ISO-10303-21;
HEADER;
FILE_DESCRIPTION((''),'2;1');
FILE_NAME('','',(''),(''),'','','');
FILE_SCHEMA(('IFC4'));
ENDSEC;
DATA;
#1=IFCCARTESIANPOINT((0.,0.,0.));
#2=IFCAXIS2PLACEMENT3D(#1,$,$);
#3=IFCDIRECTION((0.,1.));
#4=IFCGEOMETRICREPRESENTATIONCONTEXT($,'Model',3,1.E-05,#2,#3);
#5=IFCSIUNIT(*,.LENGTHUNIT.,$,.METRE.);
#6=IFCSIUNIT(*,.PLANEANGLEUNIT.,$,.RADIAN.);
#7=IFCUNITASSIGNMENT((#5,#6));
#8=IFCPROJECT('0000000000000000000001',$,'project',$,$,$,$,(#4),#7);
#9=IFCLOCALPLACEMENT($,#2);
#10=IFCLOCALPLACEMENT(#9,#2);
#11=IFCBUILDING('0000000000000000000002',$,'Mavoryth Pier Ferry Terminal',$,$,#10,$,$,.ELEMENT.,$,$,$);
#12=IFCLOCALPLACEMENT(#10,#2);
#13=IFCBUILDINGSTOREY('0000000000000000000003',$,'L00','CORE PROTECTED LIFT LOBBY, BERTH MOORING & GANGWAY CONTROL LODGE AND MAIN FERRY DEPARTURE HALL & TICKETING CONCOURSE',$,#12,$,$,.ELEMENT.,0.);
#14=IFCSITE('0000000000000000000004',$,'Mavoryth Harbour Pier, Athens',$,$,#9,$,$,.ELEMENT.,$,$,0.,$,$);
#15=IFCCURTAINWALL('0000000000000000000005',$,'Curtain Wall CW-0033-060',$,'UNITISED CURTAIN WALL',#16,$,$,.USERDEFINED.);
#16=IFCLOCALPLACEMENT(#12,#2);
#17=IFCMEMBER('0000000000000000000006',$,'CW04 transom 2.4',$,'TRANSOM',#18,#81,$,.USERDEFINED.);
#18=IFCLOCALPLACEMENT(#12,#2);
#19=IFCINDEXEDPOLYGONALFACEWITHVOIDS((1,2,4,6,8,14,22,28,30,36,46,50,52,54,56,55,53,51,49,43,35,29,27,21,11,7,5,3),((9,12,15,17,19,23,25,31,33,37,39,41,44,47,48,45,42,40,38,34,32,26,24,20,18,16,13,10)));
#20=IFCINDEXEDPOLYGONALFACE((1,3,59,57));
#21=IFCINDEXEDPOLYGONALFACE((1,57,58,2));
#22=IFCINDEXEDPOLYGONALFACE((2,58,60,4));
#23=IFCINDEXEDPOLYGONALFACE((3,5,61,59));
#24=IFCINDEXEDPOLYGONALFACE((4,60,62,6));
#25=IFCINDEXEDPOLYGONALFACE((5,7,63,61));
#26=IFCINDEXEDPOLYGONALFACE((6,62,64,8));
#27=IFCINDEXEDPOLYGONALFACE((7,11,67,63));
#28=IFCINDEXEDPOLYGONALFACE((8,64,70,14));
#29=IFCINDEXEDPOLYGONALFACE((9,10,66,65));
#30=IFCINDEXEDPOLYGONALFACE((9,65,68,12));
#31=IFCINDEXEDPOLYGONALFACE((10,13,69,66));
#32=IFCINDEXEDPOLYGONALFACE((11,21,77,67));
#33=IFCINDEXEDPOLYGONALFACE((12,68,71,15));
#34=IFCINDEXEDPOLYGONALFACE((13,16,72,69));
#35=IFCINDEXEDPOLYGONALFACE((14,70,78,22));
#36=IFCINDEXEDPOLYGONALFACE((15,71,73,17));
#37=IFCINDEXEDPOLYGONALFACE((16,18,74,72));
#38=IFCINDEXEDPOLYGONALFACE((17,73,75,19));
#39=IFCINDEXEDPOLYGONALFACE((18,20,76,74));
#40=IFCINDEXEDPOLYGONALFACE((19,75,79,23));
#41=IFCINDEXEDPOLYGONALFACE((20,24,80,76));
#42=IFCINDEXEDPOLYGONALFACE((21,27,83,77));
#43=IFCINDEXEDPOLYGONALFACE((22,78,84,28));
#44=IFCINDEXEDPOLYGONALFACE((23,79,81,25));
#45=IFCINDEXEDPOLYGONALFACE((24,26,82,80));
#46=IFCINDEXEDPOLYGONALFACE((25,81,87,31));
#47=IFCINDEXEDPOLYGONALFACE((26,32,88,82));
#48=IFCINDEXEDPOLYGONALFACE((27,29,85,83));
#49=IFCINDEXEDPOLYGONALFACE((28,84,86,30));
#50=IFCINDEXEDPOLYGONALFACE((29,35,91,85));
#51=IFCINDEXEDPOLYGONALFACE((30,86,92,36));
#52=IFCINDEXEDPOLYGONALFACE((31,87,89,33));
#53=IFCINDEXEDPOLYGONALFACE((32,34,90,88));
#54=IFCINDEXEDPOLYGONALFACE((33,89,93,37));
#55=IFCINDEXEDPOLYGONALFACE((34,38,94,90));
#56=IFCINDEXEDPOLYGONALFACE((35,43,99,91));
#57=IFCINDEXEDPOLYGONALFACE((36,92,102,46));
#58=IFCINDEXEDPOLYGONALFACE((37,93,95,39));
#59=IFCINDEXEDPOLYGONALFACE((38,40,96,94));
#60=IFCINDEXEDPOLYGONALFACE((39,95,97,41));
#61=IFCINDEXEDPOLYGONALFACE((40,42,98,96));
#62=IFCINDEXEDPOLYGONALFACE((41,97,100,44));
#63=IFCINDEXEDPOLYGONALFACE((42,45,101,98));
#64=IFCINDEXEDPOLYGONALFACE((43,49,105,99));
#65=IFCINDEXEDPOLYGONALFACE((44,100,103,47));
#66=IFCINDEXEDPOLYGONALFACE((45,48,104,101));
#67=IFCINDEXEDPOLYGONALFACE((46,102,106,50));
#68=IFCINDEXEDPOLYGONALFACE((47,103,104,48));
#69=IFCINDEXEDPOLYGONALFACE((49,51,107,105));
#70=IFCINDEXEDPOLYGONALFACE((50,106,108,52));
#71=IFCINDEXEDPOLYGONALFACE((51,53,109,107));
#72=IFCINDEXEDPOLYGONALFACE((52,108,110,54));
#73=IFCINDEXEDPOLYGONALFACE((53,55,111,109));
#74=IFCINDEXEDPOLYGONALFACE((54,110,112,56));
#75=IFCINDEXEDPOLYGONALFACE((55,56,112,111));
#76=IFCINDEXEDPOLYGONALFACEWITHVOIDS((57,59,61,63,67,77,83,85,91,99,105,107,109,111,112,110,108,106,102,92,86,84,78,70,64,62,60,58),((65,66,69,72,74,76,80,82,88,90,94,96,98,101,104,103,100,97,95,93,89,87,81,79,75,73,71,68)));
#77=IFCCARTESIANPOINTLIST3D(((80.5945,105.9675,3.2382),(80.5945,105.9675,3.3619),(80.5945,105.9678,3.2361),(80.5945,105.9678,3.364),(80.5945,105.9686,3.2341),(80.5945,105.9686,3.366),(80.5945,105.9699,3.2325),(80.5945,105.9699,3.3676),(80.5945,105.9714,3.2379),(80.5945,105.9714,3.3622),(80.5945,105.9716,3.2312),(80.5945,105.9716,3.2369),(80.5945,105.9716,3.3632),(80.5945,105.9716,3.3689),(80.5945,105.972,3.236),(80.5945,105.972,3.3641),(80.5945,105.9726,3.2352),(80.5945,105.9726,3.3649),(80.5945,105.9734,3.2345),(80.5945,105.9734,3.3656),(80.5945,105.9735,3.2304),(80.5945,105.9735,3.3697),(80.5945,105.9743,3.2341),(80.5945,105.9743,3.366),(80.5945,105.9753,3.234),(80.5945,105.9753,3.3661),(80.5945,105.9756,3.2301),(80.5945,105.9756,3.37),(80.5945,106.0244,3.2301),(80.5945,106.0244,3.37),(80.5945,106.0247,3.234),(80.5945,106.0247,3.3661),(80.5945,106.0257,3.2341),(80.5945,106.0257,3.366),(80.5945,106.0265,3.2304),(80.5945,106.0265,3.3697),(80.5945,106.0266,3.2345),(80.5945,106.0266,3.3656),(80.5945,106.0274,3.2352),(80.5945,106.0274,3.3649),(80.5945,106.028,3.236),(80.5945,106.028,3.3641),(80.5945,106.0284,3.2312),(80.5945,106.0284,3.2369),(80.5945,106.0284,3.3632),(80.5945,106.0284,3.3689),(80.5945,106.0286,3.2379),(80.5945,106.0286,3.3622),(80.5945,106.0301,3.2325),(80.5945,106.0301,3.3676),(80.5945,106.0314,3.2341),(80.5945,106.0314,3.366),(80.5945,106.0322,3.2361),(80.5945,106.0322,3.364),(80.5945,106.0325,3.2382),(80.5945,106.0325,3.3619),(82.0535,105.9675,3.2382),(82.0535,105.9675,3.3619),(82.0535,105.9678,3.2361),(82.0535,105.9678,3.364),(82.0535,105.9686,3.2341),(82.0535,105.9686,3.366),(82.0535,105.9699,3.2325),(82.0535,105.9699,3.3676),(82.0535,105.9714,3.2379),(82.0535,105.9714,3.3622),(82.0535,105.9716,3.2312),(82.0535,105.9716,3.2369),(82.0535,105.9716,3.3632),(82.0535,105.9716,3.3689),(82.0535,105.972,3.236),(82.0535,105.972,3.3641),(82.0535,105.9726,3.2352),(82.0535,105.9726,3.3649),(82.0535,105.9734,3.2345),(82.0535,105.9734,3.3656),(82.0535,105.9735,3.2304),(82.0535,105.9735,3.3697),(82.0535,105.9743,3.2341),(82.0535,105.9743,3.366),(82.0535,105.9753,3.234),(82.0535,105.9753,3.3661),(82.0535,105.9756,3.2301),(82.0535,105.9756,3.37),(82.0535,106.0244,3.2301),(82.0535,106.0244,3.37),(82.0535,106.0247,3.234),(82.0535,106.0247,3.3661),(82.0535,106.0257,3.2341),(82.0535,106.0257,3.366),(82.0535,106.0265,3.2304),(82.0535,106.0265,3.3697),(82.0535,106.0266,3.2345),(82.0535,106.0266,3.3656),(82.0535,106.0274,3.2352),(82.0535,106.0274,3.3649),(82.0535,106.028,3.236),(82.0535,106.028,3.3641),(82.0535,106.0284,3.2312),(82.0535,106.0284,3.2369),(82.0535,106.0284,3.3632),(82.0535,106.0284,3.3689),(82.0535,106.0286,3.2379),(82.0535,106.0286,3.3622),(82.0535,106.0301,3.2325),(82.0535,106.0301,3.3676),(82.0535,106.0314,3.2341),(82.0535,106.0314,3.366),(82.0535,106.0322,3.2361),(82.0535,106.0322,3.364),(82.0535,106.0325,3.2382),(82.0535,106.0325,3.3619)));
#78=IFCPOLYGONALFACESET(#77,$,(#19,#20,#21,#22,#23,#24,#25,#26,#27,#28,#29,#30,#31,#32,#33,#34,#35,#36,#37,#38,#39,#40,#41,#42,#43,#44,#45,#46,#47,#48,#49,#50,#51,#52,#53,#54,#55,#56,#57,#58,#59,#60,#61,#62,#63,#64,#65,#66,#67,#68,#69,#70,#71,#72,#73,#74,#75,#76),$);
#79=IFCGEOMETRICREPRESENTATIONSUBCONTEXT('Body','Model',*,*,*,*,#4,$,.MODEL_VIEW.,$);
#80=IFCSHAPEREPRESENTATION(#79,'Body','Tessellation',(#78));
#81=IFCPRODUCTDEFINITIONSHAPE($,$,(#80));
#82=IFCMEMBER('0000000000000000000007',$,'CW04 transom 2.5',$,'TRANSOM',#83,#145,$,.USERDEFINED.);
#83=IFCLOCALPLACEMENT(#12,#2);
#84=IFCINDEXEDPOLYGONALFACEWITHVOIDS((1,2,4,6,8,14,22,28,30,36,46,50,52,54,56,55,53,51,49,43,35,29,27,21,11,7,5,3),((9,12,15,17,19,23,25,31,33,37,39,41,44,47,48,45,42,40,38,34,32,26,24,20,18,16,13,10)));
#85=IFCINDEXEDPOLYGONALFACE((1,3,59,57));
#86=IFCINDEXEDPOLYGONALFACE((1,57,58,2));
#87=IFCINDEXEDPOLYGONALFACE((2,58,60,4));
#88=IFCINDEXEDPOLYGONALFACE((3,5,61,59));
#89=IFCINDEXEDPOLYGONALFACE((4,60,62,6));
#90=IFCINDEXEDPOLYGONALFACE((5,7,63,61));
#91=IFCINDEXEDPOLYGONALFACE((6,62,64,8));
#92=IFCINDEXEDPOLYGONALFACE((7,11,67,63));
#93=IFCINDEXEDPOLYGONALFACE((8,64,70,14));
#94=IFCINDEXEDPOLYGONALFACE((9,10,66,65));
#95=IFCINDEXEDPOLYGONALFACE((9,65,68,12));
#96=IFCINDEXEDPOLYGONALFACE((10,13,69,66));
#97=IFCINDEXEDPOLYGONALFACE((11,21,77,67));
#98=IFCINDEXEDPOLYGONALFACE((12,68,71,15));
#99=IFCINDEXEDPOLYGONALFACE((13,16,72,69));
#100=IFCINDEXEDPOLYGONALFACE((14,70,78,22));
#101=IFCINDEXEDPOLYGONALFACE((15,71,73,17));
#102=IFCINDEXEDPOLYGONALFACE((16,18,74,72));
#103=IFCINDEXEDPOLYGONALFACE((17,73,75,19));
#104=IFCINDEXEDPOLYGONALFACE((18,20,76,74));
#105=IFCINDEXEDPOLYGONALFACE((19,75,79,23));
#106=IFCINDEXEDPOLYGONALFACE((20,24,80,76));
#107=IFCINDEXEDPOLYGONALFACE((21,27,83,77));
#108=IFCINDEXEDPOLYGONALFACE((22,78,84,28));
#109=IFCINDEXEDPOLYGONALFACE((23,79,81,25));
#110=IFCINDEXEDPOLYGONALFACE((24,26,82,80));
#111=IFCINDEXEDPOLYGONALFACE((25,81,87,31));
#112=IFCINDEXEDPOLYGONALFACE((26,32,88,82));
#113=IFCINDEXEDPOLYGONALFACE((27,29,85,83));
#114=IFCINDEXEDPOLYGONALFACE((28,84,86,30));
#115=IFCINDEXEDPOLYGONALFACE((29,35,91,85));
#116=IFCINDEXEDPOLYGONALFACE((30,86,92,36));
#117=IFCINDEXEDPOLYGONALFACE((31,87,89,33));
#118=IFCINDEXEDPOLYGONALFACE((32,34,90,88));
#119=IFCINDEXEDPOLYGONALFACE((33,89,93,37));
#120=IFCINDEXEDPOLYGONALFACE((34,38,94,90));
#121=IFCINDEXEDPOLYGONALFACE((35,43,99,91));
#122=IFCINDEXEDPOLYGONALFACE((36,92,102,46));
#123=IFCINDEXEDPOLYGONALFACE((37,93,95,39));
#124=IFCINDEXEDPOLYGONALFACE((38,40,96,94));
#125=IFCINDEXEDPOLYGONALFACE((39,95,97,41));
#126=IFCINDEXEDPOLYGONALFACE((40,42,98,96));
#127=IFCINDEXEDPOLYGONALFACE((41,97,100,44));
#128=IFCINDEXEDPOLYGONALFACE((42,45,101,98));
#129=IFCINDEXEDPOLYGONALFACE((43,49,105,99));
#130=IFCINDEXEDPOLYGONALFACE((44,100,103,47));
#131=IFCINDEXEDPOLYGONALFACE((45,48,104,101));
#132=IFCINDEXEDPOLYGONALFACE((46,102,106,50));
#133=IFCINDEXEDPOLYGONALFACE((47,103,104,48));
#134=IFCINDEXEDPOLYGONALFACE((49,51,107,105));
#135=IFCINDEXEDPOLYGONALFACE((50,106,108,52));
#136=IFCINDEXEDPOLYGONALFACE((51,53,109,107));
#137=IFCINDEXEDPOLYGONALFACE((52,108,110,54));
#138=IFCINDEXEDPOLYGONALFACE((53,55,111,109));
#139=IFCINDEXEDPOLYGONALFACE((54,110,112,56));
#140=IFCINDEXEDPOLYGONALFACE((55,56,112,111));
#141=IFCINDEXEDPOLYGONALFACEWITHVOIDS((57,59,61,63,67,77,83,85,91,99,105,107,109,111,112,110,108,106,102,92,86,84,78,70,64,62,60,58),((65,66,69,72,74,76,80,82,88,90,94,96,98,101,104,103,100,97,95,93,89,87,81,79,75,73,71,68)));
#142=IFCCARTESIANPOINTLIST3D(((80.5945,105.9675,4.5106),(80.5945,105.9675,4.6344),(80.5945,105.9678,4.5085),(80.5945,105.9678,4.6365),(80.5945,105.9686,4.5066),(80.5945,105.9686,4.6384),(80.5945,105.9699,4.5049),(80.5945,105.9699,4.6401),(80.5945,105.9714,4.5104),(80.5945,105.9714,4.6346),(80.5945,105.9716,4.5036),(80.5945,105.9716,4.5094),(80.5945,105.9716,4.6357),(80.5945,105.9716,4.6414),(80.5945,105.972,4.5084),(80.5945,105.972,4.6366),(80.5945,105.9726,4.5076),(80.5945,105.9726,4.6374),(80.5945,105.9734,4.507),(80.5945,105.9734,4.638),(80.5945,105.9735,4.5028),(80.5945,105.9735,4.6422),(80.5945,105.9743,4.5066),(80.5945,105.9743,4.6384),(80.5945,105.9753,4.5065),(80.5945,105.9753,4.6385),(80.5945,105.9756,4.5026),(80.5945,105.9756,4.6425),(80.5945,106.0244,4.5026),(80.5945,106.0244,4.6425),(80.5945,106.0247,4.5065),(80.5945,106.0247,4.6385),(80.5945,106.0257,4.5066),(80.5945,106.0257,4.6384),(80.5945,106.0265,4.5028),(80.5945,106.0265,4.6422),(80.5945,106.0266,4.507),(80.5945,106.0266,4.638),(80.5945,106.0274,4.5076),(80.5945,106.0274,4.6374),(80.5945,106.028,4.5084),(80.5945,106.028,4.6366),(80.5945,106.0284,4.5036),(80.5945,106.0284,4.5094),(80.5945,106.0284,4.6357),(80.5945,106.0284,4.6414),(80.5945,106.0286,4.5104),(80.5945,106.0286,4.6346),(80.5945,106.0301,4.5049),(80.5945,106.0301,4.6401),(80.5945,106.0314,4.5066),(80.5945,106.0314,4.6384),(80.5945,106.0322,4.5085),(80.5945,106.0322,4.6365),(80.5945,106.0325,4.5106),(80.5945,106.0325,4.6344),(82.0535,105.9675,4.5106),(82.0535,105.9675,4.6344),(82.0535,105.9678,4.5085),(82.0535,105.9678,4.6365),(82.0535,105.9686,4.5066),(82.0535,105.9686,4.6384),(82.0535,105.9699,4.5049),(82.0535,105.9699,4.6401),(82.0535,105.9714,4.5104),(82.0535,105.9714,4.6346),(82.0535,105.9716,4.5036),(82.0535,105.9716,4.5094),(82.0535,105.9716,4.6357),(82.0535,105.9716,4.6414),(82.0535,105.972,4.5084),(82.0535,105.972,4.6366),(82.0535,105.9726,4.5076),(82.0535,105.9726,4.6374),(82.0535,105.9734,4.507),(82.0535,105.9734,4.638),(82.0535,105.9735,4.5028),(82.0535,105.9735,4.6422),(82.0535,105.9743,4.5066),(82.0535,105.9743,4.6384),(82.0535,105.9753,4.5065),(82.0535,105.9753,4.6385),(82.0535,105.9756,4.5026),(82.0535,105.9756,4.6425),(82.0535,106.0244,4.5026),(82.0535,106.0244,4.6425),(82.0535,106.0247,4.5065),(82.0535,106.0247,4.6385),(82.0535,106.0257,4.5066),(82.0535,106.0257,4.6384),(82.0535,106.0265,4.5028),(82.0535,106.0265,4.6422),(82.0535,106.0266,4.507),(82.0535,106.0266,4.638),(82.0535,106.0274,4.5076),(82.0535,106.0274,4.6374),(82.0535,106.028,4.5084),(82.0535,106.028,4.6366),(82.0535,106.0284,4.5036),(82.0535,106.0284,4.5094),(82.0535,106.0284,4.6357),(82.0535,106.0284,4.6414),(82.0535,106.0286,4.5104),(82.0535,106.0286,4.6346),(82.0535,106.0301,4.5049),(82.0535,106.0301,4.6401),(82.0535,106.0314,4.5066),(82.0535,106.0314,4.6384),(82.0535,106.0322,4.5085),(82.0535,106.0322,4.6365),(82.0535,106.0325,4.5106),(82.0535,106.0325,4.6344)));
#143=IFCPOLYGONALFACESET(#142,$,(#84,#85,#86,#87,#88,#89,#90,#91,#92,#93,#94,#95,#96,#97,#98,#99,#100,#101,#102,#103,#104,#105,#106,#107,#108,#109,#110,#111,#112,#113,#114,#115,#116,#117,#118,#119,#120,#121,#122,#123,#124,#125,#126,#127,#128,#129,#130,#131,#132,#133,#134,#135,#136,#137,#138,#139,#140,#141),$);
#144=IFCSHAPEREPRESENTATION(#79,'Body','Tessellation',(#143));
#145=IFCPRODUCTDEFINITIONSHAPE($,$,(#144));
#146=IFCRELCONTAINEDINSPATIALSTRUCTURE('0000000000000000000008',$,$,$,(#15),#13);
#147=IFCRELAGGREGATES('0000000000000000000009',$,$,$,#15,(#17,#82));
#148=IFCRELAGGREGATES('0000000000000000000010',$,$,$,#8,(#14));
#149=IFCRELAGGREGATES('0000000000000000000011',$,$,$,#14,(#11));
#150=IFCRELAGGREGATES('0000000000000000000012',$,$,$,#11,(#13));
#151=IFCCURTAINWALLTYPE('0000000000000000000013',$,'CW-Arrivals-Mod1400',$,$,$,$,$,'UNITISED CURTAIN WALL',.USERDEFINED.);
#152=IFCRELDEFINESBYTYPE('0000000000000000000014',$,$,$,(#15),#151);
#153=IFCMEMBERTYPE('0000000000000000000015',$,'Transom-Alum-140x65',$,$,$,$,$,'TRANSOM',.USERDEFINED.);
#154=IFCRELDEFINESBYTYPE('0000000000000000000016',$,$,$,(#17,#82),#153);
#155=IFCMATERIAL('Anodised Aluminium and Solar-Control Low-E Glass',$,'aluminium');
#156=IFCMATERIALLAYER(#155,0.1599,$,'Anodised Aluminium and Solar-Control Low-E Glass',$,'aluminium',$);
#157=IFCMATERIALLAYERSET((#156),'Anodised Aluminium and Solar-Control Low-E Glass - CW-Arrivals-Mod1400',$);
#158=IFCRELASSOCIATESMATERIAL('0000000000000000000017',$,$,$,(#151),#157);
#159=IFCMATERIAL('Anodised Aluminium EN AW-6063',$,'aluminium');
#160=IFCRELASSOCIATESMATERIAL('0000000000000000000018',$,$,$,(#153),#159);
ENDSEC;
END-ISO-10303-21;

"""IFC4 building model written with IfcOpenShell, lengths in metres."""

from ifc_helpers import new_model, si_unit, direction, frame, origin, origin_2d, place, context, subcontext, project, spatial, hollow_rectangle, extrude, material, layer, layer_set, material_profile, profile_set, type_object, element, aggregate, save


model = new_model("IFC4")

# Units and contexts
model_context = context("Model", 3, precision=1e-05, world=origin(), true_north=direction((0.0, 1.0)))
body_context = subcontext(model_context, "Body", "Model", "MODEL_VIEW")
ifc_project = project(units=[si_unit("LENGTHUNIT", "METRE"), si_unit("PLANEANGLEUNIT", "RADIAN")], contexts=[model_context])

# Site, building, storey
site_placement = place(None, origin())
site = spatial("IfcSite", under=ifc_project, at=site_placement, Name="Mavoryth Harbour Pier, Athens", CompositionType="ELEMENT", RefElevation=0.0)
building_placement = place(site_placement, origin())
building = spatial("IfcBuilding", under=site, at=building_placement, Name="Mavoryth Pier Ferry Terminal", CompositionType="ELEMENT")
storey_placement = place(building_placement, origin())
storey = spatial("IfcBuildingStorey", under=building, at=storey_placement, Name="L00", Description="CORE PROTECTED LIFT LOBBY, BERTH MOORING & GANGWAY CONTROL LODGE AND MAIN FERRY DEPARTURE HALL & TICKETING CONCOURSE", CompositionType="ELEMENT", Elevation=0.0)

# Curtain wall
ifc_material_1 = material(Name="Anodised Aluminium and Solar-Control Low-E Glass", Category="aluminium")
ifc_layer_1 = layer(ifc_material_1, 0.1599, Name="Anodised Aluminium and Solar-Control Low-E Glass", Category="aluminium")
ifc_layer_set_1 = layer_set([ifc_layer_1], Name="Anodised Aluminium and Solar-Control Low-E Glass - CW-Arrivals-Mod1400")
curtain_wall_type = type_object("IfcCurtainWallType", Name="CW-Arrivals-Mod1400", ElementType="UNITISED CURTAIN WALL", PredefinedType="USERDEFINED", material=ifc_layer_set_1)
curtain_wall_1_placement = place(storey_placement, origin())
curtain_wall_1 = element("IfcCurtainWall", 1, at=curtain_wall_1_placement, inside=storey, type_object=curtain_wall_type, Name="Curtain Wall CW-0033-060", ObjectType="UNITISED CURTAIN WALL", PredefinedType="USERDEFINED")
ifc_material_2 = material(Name="Anodised Aluminium EN AW-6063", Category="aluminium")

# Members
ifc_material_profile_1 = material_profile(ifc_material_2, hollow_rectangle(XDim=0.0649, YDim=0.1399, WallThickness=0.0039, InnerFilletRadius=0.0039, OuterFilletRadius=0.0081, at=origin_2d()), Name="AL-TRAN 140x65x4", Category="aluminium")
ifc_profile_set_1 = profile_set([ifc_material_profile_1], Name="Anodised Aluminium EN AW-6063 - AL-TRAN 140x65x4")
member_type_1 = type_object("IfcMemberType", Name="Transom-Alum-140x65", ElementType="TRANSOM", PredefinedType="USERDEFINED", material=ifc_profile_set_1)
member_1_placement = place(storey_placement, frame((82.0535, 106.0, 3.3), z_axis=(-1.0, 0.0, 0.0), x_axis=(0.0, -1.0, 0.0)))
member_1 = element("IfcMember", 2, at=member_1_placement, type_object=member_type_1, Name="CW04 transom 2.4", ObjectType="TRANSOM", PredefinedType="USERDEFINED", context=body_context, shape_type="SweptSolid", body=[
    extrude(hollow_rectangle(XDim=0.0649, YDim=0.1399, WallThickness=0.0039, InnerFilletRadius=0.0039, OuterFilletRadius=0.0081, at=origin_2d()), origin(), (0.0, 0.0, 1.0), 1.459),
])
member_2_placement = place(storey_placement, frame((82.0535, 106.0, 4.5725), z_axis=(-1.0, 0.0, 0.0), x_axis=(0.0, -1.0, 0.0)))
member_2 = element("IfcMember", 3, at=member_2_placement, type_object=member_type_1, Name="CW04 transom 2.5", ObjectType="TRANSOM", PredefinedType="USERDEFINED", context=body_context, shape_type="SweptSolid", body=[
    extrude(hollow_rectangle(XDim=0.0649, YDim=0.1399, WallThickness=0.0039, InnerFilletRadius=0.0039, OuterFilletRadius=0.0081, at=origin_2d()), origin(), (0.0, 0.0, 1.0), 1.459),
])

aggregate(curtain_wall_1, [member_1, member_2])

save(model, "model.ifc")
